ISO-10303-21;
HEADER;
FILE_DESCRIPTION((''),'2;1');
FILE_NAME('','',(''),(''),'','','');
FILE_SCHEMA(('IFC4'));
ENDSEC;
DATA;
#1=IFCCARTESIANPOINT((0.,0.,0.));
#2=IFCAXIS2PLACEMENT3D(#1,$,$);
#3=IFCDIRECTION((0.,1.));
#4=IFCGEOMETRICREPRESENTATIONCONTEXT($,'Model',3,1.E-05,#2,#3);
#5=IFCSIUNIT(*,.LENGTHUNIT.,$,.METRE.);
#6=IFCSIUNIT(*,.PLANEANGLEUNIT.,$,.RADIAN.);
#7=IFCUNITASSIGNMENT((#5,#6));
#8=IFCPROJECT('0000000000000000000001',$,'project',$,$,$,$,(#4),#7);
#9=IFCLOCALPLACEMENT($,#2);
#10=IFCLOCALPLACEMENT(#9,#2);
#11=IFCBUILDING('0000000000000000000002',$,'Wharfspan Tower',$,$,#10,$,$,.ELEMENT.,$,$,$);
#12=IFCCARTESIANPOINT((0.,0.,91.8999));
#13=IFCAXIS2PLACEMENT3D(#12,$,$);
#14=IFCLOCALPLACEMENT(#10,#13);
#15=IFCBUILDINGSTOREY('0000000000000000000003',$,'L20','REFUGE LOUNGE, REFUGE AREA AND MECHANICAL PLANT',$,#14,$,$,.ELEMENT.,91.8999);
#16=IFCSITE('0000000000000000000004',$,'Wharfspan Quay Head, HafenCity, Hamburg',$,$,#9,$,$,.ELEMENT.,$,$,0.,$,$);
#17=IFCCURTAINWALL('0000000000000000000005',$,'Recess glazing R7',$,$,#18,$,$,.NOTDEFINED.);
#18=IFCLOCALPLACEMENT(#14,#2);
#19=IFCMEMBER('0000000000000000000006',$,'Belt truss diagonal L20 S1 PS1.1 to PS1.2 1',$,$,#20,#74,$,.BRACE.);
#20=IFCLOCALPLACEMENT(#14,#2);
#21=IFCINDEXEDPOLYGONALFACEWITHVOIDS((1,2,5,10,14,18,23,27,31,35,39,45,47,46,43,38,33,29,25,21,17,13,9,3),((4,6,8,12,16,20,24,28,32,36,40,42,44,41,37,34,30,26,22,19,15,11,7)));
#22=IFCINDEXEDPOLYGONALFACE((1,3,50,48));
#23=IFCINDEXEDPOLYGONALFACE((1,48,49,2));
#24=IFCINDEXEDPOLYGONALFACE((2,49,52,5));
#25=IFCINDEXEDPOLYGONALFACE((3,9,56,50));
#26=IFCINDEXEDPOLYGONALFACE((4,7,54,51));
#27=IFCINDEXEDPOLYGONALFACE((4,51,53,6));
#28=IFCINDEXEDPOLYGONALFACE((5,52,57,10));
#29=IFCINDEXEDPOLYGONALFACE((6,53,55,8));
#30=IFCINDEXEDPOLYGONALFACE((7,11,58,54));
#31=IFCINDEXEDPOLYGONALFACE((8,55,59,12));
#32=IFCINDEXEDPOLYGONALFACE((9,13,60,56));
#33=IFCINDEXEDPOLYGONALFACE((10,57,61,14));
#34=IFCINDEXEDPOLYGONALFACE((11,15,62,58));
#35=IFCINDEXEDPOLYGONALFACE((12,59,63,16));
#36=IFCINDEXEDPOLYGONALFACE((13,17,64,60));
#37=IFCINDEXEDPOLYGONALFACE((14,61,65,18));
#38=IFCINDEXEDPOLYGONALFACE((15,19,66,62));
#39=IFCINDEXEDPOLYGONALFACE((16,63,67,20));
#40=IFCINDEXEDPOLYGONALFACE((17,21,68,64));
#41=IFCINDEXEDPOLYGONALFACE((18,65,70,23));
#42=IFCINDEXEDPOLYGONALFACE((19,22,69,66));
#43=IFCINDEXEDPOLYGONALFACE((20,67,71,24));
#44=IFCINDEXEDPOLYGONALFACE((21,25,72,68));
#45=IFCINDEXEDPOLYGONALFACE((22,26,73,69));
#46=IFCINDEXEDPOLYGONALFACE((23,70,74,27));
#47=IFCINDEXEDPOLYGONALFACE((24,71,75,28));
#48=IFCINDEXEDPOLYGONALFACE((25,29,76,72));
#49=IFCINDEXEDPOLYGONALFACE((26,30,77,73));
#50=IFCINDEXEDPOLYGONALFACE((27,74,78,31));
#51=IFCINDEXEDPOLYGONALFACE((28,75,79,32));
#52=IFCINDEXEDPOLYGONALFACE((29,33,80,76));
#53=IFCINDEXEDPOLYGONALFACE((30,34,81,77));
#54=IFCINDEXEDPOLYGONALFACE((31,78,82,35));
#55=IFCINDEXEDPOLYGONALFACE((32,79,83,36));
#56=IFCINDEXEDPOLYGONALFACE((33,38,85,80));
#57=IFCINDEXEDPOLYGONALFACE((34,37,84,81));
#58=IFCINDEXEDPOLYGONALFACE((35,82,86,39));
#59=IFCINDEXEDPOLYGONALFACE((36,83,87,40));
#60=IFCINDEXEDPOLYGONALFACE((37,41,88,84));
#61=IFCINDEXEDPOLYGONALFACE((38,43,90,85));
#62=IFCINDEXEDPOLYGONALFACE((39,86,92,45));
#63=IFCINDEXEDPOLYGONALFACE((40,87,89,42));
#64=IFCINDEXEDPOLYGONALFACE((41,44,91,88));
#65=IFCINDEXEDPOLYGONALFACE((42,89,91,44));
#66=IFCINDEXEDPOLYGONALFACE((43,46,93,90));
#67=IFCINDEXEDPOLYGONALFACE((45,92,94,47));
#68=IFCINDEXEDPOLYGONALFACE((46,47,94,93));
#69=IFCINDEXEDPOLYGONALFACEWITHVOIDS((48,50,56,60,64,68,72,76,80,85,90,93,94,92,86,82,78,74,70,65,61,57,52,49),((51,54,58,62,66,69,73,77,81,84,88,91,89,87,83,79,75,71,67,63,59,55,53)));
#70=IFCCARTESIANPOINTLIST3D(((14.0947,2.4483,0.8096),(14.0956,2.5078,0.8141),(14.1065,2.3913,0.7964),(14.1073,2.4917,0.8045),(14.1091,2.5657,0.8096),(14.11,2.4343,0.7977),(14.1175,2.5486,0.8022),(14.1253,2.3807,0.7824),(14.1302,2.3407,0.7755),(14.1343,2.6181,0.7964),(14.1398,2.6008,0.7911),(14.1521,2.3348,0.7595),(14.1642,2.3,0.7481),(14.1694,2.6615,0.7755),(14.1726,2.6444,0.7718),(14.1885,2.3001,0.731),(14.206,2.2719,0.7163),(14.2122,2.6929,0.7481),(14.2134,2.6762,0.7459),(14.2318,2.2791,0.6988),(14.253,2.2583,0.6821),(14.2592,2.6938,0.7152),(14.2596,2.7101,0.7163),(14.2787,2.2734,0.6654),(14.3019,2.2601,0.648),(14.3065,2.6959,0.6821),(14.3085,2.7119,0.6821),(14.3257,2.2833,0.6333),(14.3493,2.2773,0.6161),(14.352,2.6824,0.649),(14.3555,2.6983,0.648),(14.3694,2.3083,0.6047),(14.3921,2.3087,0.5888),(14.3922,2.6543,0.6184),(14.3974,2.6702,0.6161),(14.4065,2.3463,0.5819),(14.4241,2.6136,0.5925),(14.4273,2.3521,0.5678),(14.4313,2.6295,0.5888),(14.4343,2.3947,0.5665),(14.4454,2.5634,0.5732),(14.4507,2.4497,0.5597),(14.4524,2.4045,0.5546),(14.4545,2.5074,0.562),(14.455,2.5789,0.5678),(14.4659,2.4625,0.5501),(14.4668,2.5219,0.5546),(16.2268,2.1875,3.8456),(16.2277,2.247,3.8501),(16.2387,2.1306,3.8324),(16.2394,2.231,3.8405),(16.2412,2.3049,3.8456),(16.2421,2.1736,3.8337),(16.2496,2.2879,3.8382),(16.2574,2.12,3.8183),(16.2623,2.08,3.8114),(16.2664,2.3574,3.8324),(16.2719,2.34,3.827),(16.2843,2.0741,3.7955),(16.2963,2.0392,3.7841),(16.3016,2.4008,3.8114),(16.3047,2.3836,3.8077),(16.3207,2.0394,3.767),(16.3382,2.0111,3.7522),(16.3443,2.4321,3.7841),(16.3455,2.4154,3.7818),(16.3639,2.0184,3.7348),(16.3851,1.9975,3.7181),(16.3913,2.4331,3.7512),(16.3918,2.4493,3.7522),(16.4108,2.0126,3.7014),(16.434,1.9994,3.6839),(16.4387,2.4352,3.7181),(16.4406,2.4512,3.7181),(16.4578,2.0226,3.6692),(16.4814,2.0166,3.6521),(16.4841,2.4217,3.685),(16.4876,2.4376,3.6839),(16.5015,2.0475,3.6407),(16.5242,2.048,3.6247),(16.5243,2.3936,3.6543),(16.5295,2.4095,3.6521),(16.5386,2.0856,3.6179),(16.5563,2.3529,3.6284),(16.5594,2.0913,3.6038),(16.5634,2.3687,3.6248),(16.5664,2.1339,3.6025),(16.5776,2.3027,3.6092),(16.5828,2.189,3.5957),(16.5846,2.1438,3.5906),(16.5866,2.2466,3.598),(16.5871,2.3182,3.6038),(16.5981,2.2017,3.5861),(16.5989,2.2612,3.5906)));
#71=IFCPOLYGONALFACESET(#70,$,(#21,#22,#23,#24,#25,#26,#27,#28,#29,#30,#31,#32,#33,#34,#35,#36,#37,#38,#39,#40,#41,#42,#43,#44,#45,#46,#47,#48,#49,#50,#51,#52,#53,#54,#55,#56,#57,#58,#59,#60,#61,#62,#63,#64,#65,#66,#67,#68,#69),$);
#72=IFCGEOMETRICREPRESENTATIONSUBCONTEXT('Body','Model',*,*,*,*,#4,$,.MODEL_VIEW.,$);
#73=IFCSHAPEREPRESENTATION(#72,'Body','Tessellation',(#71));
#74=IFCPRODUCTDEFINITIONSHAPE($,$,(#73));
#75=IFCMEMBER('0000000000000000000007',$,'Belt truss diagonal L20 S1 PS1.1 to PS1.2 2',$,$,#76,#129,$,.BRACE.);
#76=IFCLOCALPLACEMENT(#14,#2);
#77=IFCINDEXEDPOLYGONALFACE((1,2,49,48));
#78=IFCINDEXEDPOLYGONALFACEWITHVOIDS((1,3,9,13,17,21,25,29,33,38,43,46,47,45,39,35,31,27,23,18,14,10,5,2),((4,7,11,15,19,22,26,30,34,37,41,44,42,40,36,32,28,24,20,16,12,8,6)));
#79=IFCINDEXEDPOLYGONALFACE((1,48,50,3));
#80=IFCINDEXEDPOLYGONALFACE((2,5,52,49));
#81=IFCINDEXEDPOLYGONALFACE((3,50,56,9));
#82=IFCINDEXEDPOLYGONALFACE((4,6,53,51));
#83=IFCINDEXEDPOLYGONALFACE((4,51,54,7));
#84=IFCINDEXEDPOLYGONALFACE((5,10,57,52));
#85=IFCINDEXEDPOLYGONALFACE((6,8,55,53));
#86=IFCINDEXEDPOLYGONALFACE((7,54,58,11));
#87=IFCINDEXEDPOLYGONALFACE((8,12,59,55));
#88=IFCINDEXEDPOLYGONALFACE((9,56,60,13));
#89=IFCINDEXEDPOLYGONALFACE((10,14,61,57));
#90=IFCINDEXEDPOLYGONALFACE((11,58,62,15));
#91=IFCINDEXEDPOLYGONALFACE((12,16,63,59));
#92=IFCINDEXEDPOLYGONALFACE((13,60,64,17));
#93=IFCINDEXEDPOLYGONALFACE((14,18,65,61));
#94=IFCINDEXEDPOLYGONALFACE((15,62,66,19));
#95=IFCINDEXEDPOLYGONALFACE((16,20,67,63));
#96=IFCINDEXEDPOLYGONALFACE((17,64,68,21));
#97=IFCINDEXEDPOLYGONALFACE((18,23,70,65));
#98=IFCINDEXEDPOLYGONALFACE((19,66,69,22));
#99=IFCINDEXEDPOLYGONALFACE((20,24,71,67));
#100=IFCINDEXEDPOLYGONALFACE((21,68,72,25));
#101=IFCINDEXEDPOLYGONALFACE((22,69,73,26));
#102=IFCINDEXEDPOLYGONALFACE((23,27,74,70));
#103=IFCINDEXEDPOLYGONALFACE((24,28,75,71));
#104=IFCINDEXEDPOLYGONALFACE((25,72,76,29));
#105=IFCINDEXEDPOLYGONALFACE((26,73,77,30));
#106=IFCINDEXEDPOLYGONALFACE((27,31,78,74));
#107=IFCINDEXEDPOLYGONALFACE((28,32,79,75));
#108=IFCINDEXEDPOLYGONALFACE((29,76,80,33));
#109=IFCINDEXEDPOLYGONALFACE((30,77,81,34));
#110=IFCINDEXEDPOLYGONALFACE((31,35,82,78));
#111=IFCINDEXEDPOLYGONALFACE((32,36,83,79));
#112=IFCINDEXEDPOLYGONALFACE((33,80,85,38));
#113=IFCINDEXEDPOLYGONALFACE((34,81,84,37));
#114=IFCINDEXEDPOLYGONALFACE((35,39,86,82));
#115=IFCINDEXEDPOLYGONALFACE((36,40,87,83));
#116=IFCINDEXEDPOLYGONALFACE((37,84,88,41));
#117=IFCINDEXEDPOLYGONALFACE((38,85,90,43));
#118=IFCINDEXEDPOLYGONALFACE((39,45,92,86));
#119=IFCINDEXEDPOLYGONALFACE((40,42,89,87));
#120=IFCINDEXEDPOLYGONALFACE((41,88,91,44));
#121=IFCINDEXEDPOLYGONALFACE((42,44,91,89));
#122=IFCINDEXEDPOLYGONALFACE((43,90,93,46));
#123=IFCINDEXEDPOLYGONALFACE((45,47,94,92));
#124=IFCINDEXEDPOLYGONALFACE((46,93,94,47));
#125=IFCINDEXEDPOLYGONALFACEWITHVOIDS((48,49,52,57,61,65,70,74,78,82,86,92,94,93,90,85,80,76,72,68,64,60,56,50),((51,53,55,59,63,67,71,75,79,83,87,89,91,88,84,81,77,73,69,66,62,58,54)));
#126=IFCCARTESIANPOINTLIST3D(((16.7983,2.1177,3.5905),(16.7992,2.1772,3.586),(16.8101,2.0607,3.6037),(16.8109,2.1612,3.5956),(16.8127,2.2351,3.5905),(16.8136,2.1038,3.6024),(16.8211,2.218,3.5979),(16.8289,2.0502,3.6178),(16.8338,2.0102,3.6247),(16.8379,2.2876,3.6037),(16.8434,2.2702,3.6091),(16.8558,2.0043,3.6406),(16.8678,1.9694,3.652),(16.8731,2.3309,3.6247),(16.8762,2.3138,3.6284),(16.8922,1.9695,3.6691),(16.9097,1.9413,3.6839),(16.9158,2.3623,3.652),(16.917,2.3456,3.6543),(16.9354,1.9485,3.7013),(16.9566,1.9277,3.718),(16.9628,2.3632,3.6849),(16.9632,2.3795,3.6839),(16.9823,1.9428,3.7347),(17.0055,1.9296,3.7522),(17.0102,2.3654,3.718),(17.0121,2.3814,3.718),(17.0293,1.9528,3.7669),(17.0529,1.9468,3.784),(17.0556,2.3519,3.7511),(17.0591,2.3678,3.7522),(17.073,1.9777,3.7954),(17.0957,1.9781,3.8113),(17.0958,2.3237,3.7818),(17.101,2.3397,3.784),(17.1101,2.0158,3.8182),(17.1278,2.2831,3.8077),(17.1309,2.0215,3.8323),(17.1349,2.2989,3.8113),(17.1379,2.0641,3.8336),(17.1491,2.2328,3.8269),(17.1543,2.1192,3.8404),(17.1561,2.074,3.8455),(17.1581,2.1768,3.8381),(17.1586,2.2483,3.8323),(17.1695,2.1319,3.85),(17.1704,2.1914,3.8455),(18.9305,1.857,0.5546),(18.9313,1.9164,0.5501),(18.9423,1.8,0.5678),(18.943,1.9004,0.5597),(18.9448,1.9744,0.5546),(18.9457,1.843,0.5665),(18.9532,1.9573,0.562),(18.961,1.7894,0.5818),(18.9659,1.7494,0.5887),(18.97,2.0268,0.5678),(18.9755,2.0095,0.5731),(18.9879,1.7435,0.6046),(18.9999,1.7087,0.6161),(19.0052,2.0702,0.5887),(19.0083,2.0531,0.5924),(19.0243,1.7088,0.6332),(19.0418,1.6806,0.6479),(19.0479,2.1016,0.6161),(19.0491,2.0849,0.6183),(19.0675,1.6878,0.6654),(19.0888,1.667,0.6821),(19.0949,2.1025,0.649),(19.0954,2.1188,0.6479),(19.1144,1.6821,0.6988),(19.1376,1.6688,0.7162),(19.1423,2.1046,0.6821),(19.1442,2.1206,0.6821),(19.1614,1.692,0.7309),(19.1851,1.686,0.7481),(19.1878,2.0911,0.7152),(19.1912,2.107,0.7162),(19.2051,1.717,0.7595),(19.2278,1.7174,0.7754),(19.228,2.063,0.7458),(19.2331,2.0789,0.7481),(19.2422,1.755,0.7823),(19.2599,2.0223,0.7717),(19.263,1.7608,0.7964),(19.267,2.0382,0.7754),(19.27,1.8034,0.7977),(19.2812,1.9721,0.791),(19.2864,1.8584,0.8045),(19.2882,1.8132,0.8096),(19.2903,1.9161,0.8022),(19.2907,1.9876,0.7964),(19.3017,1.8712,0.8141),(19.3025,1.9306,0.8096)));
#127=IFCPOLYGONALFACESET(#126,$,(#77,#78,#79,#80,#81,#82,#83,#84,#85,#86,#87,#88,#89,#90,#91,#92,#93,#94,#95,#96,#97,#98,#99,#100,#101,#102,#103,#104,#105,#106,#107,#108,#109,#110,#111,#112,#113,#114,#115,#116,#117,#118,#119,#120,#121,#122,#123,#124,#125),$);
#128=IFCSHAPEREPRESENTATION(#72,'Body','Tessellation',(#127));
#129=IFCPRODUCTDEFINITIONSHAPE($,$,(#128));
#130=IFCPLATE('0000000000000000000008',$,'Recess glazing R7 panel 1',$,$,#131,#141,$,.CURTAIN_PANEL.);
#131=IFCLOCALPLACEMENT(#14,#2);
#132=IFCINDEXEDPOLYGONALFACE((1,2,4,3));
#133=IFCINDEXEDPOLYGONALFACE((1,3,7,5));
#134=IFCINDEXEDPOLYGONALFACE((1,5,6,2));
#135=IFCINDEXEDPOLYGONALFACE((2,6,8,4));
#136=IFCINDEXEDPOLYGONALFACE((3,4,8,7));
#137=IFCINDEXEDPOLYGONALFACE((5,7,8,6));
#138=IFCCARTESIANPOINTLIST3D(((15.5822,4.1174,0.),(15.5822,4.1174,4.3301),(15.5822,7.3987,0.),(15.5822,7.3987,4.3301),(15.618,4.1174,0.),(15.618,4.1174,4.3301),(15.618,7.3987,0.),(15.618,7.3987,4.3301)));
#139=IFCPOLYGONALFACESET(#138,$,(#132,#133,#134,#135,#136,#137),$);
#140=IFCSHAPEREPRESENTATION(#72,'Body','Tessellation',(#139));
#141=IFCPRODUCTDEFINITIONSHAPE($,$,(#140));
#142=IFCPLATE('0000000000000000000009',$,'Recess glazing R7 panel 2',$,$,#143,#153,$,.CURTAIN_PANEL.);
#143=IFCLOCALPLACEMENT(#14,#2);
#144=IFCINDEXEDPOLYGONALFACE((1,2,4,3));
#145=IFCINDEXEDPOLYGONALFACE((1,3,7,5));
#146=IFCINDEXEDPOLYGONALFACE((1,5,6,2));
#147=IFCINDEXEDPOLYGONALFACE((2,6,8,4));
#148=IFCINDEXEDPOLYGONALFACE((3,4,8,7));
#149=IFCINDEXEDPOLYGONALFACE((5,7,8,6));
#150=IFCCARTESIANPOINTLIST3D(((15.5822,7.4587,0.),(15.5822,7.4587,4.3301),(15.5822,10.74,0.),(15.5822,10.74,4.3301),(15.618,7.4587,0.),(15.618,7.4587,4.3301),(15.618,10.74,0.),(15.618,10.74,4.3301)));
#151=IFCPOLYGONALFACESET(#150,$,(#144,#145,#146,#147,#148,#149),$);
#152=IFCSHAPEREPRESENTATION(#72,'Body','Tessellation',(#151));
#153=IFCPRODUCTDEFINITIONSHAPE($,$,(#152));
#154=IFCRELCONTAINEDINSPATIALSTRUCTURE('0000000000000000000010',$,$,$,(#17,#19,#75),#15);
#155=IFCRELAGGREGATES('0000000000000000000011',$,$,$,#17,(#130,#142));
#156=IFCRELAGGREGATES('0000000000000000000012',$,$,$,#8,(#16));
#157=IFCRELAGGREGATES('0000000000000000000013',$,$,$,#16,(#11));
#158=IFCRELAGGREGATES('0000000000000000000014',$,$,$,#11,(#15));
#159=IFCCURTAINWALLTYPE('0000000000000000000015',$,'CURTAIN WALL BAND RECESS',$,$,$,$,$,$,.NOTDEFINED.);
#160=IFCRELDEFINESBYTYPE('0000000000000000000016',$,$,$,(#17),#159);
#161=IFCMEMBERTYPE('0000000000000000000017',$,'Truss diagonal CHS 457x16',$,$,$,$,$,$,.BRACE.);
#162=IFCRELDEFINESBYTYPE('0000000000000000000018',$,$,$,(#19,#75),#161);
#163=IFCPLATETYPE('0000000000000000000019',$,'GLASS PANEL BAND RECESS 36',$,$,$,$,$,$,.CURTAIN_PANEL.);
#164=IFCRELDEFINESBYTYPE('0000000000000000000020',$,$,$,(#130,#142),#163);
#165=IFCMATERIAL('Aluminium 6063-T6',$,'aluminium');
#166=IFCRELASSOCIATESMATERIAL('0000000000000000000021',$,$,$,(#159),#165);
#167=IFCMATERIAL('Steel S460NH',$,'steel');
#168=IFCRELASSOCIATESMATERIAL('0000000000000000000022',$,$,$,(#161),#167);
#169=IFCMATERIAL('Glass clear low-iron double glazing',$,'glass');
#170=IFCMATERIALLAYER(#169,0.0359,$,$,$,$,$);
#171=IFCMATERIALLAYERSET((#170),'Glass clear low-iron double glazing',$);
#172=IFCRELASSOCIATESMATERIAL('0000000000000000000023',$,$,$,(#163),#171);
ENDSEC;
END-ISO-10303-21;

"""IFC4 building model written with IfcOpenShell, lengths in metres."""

from ifc_helpers import new_model, si_unit, direction, frame, origin, origin_2d, place, context, subcontext, project, spatial, rectangle, hollow_circle, extrude, material, layer, layer_set, material_profile, profile_set, type_object, element, aggregate, save


model = new_model("IFC4")

# Units and contexts
model_context = context("Model", 3, precision=1e-05, world=origin(), true_north=direction((0.0, 1.0)))
body_context = subcontext(model_context, "Body", "Model", "MODEL_VIEW")
ifc_project = project(units=[si_unit("LENGTHUNIT", "METRE"), si_unit("PLANEANGLEUNIT", "RADIAN")], contexts=[model_context])

# Site, building, storey
site_placement = place(None, origin())
site = spatial("IfcSite", under=ifc_project, at=site_placement, Name="Wharfspan Quay Head, HafenCity, Hamburg", CompositionType="ELEMENT", RefElevation=0.0)
building_placement = place(site_placement, origin())
building = spatial("IfcBuilding", under=site, at=building_placement, Name="Wharfspan Tower", CompositionType="ELEMENT")
storey_placement = place(building_placement, frame((0.0, 0.0, 91.8999)))
storey = spatial("IfcBuildingStorey", under=building, at=storey_placement, Name="L20", Description="REFUGE LOUNGE, REFUGE AREA AND MECHANICAL PLANT", CompositionType="ELEMENT", Elevation=91.8999)

# Shared definitions
ifc_material_1 = material(Name="Aluminium 6063-T6", Category="aluminium")
curtain_wall_type = type_object("IfcCurtainWallType", Name="CURTAIN WALL BAND RECESS", PredefinedType="NOTDEFINED", material=ifc_material_1)

# Curtain wall
curtain_wall_1_placement = place(storey_placement, origin())
curtain_wall_1 = element("IfcCurtainWall", 1, at=curtain_wall_1_placement, inside=storey, type_object=curtain_wall_type, Name="Recess glazing R7", PredefinedType="NOTDEFINED")

# Members
ifc_material_2 = material(Name="Steel S460NH", Category="steel")
ifc_material_profile_1 = material_profile(ifc_material_2, hollow_circle(Radius=0.2285, WallThickness=0.0161, at=origin_2d()))
ifc_profile_set_1 = profile_set([ifc_material_profile_1], Name="Steel S460NH")
member_type_1 = type_object("IfcMemberType", Name="Truss diagonal CHS 457x16", PredefinedType="BRACE", material=ifc_profile_set_1)
for number, where, z_axis, x_axis, name in (
    (2, (14.2808, 2.4851, 0.6821), (0.573306, -0.070112, 0.816336), (0.121387, 0.992605, 0.000002), "Belt truss diagonal L20 S1 PS1.1 to PS1.2 1"),
    (3, (16.9844, 2.1545, 3.718), (0.573306, -0.070112, -0.816336), (0.121387, 0.992605, -0.000002), "Belt truss diagonal L20 S1 PS1.1 to PS1.2 2"),
):
    element("IfcMember", number, at=place(storey_placement, frame(where, z_axis=z_axis, x_axis=x_axis)), inside=storey, type_object=member_type_1, Name=name, PredefinedType="BRACE", context=body_context, shape_type="SweptSolid", body=[
        extrude(hollow_circle(Radius=0.2285, WallThickness=0.0161, at=origin_2d()), origin(), (0.0, 0.0, 1.0), 3.719),
    ])

# Plates
ifc_material_3 = material(Name="Glass clear low-iron double glazing", Category="glass")
ifc_layer_1 = layer(ifc_material_3, 0.0359)
ifc_layer_set_1 = layer_set([ifc_layer_1], Name="Glass clear low-iron double glazing")
plate_type = type_object("IfcPlateType", Name="GLASS PANEL BAND RECESS 36", PredefinedType="CURTAIN_PANEL", material=ifc_layer_set_1)
plate_1_placement = place(storey_placement, frame((15.6001, 5.7581, 0.0), z_axis=(0.0, 0.0, 1.0), x_axis=(0.0, 1.0, 0.0)))
plate_1 = element("IfcPlate", 4, at=plate_1_placement, type_object=plate_type, Name="Recess glazing R7 panel 1", PredefinedType="CURTAIN_PANEL", context=body_context, shape_type="SweptSolid", body=[
    extrude(rectangle(XDim=3.2812, YDim=0.0359, at=origin_2d()), origin(), (0.0, 0.0, 1.0), 4.3301),
])
plate_2_placement = place(storey_placement, frame((15.6001, 9.0994, 0.0), z_axis=(0.0, 0.0, 1.0), x_axis=(0.0, 1.0, 0.0)))
plate_2 = element("IfcPlate", 5, at=plate_2_placement, type_object=plate_type, Name="Recess glazing R7 panel 2", PredefinedType="CURTAIN_PANEL", context=body_context, shape_type="SweptSolid", body=[
    extrude(rectangle(XDim=3.2812, YDim=0.0359, at=origin_2d()), origin(), (0.0, 0.0, 1.0), 4.3301),
])
aggregate(curtain_wall_1, [plate_1, plate_2])

save(model, "model.ifc")
